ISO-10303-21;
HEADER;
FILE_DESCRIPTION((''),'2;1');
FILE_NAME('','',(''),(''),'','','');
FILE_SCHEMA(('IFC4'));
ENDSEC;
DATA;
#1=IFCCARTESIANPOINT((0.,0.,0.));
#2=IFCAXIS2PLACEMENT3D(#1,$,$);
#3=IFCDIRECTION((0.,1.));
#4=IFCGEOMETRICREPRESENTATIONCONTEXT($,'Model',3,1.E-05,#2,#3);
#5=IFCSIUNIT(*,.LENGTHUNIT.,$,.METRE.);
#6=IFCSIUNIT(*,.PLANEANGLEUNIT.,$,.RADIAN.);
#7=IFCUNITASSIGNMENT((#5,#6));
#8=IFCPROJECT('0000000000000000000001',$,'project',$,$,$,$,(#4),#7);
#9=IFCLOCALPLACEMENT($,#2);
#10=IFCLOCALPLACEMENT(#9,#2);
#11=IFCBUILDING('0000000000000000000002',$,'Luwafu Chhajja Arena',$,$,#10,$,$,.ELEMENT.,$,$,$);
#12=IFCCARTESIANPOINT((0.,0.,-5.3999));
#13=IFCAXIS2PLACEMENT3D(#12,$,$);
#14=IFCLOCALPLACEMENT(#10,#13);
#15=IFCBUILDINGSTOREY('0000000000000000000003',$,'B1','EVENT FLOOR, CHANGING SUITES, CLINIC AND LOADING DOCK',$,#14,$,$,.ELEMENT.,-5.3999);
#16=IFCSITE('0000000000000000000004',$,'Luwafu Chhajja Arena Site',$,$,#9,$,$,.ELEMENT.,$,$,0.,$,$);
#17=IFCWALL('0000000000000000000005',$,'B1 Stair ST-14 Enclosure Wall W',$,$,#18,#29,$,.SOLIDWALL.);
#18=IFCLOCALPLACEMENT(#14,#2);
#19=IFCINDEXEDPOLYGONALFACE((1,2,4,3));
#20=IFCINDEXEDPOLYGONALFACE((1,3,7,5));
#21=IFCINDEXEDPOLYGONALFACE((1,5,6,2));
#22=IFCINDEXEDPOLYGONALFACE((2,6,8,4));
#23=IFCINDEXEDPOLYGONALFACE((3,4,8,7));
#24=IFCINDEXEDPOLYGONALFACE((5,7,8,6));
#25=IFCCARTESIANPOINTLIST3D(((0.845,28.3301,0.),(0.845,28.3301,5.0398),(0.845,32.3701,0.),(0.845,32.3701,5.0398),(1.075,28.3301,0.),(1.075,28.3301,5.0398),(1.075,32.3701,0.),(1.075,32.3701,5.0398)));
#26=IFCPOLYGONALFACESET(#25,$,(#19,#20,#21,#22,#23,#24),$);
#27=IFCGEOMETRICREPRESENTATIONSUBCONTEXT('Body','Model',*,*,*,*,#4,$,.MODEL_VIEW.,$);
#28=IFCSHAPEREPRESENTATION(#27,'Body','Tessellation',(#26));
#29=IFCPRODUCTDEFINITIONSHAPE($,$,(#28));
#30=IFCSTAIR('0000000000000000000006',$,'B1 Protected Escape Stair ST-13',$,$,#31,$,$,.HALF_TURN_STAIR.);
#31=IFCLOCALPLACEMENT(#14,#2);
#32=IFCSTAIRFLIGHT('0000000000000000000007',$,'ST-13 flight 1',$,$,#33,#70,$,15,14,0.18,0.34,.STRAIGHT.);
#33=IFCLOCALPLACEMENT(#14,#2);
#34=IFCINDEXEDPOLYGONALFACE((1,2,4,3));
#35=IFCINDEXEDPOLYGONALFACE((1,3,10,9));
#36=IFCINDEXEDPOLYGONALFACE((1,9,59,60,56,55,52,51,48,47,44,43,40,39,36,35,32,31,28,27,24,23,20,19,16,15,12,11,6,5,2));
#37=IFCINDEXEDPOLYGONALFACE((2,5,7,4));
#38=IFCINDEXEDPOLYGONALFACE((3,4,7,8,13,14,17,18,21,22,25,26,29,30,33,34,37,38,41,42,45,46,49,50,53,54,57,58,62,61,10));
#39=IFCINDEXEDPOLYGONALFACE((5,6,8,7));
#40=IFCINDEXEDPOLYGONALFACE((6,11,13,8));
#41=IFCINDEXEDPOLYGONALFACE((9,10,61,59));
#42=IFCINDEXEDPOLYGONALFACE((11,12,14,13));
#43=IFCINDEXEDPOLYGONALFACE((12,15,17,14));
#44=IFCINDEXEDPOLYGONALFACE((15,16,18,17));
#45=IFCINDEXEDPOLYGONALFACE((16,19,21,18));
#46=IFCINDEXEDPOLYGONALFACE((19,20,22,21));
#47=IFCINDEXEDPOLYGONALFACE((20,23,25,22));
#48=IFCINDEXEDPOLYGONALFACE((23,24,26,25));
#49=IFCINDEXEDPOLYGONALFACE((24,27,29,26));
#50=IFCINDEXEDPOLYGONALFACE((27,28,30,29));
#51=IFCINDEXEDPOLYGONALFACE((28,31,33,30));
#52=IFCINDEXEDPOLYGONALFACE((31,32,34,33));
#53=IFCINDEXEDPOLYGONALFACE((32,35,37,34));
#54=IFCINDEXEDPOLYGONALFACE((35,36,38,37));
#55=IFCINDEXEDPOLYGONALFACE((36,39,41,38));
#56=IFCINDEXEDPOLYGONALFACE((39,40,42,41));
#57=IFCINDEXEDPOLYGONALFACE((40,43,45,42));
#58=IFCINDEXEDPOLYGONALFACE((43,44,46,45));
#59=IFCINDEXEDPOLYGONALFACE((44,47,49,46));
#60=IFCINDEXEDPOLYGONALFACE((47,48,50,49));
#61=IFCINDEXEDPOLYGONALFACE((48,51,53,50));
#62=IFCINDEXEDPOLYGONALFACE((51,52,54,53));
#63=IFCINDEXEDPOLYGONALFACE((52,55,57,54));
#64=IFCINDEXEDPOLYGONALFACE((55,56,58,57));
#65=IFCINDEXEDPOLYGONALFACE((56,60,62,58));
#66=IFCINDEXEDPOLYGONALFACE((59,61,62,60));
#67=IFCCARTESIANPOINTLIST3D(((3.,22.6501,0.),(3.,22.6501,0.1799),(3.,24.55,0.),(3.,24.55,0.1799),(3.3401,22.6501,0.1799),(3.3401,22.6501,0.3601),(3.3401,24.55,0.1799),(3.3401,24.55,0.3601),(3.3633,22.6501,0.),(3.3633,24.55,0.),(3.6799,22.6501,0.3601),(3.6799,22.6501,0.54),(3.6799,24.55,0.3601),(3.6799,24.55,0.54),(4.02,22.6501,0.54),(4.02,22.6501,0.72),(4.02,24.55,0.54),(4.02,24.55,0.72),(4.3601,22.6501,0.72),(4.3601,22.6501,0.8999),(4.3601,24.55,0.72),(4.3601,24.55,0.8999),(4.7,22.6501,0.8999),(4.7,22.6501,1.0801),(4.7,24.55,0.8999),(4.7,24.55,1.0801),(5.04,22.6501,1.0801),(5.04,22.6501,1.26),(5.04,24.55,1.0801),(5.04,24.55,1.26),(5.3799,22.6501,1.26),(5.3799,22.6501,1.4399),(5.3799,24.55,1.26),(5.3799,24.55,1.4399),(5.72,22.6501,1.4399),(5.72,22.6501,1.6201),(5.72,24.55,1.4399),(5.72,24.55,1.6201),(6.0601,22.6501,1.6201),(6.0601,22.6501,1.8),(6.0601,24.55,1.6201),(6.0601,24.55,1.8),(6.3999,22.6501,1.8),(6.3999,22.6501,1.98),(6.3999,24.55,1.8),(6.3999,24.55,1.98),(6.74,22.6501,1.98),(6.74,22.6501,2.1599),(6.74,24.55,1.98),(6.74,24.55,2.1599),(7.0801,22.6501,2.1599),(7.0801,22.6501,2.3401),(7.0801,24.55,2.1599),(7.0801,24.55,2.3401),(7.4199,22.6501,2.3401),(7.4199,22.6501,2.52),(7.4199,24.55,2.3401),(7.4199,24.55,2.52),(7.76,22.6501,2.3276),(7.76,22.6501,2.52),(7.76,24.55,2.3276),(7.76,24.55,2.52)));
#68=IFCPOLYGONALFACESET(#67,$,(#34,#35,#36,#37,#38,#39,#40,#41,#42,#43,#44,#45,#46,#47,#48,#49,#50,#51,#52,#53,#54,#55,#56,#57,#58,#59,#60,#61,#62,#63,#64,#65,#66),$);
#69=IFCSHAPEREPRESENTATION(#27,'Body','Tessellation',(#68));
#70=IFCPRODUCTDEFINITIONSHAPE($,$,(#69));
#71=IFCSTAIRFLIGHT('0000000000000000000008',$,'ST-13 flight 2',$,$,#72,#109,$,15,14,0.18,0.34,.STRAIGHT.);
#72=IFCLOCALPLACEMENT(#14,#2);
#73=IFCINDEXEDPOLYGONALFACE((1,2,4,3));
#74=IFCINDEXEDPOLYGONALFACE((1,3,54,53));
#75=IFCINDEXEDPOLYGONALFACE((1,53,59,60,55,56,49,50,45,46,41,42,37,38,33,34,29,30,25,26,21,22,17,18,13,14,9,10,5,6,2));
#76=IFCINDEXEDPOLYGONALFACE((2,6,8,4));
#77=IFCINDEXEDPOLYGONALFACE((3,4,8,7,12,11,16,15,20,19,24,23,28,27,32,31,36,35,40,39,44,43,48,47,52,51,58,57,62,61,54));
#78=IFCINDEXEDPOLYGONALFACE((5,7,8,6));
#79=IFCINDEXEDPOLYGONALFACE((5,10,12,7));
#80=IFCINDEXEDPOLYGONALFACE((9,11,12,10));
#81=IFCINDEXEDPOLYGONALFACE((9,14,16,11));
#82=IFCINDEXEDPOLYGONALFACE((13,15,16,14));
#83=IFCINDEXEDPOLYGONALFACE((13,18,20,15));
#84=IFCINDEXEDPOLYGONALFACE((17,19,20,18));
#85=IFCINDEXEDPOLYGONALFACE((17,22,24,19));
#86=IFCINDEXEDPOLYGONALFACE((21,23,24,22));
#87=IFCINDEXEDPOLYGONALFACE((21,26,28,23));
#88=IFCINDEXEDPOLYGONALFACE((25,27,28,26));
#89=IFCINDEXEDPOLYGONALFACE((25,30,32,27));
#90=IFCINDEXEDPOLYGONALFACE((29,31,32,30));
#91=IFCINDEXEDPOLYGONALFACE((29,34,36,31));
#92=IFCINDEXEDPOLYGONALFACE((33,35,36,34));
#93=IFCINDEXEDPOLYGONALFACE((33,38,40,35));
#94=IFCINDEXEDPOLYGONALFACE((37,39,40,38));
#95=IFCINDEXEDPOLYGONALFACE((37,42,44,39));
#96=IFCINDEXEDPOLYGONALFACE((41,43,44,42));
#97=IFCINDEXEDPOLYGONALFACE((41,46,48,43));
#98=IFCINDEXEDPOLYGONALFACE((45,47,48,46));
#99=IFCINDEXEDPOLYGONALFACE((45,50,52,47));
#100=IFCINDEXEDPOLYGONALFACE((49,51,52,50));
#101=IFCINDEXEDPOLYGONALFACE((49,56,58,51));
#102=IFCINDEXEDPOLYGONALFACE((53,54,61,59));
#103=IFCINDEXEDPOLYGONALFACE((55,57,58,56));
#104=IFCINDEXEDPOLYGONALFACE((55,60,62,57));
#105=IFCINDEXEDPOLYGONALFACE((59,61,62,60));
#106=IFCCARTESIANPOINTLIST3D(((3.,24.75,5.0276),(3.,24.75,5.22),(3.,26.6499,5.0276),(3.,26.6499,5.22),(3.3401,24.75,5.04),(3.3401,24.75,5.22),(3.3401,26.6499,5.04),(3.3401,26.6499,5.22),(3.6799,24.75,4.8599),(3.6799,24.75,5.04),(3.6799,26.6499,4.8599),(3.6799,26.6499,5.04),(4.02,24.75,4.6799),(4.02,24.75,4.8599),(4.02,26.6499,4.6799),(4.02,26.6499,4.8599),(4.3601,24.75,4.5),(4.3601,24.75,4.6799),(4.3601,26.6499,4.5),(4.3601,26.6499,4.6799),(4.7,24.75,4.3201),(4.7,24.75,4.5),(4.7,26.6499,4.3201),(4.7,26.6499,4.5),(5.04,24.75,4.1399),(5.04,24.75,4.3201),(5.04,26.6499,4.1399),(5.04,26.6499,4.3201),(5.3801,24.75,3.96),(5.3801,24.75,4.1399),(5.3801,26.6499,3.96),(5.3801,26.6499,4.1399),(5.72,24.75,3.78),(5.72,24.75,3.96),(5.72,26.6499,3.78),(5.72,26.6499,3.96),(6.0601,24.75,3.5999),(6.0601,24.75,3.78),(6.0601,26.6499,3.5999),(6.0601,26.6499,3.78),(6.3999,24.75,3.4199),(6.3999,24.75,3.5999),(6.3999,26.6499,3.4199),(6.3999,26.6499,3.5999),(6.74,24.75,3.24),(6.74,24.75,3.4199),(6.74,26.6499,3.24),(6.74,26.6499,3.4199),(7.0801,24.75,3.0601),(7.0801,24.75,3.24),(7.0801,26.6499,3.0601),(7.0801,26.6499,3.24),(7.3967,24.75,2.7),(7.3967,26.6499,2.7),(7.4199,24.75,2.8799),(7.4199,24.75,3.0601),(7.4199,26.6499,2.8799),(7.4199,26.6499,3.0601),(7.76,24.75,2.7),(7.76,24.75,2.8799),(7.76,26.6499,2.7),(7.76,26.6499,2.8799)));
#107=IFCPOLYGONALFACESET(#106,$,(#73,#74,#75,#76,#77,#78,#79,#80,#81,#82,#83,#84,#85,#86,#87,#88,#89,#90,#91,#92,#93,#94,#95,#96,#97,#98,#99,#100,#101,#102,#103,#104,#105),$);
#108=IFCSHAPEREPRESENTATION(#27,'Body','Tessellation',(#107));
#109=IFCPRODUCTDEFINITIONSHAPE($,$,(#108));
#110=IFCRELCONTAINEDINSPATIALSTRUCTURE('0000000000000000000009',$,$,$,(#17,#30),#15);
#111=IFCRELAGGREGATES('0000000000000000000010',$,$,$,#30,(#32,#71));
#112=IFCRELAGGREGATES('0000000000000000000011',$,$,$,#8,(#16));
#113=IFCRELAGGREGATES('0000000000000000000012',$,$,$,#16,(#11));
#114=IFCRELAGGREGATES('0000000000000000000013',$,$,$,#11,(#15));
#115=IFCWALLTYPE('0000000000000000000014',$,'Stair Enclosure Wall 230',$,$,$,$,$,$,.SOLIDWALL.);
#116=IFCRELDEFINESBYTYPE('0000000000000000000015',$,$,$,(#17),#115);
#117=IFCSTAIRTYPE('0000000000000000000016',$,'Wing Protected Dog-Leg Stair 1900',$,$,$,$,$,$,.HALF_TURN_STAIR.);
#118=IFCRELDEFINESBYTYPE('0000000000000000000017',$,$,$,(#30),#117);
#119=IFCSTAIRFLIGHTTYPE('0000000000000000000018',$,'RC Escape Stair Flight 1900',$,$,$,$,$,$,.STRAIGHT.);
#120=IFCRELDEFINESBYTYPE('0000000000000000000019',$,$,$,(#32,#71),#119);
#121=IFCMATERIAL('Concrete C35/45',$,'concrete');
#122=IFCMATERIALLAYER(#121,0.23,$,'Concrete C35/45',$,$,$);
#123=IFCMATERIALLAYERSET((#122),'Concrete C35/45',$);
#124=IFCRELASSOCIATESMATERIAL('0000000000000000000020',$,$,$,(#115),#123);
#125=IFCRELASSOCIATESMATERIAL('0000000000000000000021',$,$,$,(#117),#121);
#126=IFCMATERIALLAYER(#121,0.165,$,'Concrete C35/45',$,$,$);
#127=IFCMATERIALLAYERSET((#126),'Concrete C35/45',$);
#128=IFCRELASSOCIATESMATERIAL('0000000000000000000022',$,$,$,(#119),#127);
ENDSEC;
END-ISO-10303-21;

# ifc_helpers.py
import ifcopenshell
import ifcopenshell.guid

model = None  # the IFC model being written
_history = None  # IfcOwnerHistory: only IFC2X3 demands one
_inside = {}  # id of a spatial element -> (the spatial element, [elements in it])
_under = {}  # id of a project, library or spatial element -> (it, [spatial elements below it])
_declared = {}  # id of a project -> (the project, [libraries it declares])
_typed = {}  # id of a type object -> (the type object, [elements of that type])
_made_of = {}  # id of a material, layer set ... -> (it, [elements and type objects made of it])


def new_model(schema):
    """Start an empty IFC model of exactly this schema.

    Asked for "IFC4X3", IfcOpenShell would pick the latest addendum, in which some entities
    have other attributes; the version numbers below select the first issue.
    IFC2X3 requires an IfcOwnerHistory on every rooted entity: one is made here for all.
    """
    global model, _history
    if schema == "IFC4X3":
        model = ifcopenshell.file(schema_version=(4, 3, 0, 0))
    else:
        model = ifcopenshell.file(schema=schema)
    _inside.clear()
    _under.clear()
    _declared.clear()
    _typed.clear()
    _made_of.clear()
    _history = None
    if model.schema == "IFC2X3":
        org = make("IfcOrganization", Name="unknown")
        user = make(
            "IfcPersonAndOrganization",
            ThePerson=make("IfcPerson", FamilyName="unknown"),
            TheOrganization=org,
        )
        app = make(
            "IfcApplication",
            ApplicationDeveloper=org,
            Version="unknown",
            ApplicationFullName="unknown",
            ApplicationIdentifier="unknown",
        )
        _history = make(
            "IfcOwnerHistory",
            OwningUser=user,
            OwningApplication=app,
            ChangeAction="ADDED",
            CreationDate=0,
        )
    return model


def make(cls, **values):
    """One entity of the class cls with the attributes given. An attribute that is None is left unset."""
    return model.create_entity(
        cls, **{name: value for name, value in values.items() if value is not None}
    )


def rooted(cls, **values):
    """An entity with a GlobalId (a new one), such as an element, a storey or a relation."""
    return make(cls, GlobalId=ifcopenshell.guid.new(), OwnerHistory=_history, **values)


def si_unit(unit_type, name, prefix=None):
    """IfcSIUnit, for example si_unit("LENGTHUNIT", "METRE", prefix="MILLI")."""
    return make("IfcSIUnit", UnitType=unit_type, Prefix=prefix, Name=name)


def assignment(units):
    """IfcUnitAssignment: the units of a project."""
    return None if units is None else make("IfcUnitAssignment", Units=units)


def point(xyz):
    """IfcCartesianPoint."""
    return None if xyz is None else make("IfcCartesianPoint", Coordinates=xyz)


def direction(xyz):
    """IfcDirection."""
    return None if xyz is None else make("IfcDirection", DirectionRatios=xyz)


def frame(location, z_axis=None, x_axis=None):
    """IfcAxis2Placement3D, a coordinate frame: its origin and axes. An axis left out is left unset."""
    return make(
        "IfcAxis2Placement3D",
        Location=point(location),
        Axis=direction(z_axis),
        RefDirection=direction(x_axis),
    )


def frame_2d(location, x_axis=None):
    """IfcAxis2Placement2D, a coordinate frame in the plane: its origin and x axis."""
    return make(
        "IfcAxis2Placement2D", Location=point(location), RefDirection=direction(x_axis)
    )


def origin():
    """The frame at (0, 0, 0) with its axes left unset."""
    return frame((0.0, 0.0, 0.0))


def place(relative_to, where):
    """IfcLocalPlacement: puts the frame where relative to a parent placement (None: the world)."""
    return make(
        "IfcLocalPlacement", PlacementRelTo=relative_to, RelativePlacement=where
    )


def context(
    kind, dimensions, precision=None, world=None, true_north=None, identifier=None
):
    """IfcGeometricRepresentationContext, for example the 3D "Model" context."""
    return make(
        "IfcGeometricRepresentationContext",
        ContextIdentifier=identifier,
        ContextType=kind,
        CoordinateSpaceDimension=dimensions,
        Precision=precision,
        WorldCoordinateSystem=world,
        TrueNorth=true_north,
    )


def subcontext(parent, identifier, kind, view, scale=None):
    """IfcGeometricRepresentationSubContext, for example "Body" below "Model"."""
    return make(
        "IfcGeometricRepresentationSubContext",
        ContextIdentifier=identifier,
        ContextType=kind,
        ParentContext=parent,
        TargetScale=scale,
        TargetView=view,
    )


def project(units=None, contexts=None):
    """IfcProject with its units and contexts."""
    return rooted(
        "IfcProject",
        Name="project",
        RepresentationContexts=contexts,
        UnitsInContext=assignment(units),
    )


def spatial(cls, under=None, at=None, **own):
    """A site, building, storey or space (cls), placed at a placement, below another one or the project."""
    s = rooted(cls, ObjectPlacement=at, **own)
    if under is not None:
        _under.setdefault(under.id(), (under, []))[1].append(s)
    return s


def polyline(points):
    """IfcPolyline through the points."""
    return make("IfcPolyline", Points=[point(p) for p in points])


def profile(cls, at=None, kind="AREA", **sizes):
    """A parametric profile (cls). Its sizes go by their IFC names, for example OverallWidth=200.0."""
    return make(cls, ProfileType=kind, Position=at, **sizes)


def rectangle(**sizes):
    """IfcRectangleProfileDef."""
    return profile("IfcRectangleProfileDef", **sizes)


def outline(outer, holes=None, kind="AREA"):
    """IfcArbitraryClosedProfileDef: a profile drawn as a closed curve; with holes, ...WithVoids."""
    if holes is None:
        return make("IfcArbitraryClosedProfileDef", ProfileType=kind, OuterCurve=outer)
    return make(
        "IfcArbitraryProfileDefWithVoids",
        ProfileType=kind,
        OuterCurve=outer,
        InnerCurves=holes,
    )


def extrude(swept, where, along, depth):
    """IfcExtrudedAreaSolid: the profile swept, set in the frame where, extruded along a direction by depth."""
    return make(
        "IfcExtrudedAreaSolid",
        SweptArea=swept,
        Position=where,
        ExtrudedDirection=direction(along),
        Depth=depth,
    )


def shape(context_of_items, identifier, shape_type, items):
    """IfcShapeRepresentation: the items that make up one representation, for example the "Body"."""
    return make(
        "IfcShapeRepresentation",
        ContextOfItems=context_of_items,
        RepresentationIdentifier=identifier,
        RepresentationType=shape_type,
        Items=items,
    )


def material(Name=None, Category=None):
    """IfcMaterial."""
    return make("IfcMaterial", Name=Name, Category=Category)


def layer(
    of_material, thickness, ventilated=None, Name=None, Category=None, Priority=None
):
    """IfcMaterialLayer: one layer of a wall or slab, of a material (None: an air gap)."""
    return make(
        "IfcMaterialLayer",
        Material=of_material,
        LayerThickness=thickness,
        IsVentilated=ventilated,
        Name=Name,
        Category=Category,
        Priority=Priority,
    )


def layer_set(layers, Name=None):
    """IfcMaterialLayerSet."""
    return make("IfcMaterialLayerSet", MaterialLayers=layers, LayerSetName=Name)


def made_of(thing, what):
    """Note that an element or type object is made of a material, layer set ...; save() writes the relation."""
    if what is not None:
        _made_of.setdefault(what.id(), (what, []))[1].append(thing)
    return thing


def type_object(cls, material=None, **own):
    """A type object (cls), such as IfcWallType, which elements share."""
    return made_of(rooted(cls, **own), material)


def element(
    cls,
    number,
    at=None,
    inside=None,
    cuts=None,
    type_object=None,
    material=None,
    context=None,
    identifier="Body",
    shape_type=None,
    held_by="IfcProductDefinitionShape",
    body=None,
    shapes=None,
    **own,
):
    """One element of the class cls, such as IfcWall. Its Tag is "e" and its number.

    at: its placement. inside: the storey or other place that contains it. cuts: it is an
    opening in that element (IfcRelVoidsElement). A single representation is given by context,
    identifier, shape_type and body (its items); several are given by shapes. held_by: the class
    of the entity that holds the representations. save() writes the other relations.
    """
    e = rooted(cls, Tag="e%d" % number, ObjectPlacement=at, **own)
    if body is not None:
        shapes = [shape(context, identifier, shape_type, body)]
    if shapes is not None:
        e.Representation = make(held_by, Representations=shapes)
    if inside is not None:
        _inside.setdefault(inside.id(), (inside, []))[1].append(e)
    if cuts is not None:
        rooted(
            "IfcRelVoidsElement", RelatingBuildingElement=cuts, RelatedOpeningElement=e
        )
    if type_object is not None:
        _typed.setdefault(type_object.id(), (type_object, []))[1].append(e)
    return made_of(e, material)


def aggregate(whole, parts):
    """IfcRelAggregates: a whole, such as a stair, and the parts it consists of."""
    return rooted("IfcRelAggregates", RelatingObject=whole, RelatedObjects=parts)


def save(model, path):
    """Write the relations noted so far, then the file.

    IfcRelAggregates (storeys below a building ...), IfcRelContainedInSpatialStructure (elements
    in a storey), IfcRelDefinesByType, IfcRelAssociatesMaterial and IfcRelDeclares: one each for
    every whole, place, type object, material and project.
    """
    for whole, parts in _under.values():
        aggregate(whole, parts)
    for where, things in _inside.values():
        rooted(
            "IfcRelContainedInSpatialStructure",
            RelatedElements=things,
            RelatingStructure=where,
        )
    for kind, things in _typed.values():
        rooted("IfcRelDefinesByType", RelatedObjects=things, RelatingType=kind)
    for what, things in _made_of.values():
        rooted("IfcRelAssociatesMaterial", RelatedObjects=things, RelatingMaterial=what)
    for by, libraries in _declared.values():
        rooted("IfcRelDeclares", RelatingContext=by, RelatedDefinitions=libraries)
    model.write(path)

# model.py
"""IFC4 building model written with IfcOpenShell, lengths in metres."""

from ifc_helpers import new_model, si_unit, direction, frame, frame_2d, origin, place, context, subcontext, project, spatial, polyline, rectangle, outline, extrude, material, layer, layer_set, type_object, element, aggregate, save


model = new_model("IFC4")

# Units and contexts
model_context = context("Model", 3, precision=1e-05, world=origin(), true_north=direction((0.0, 1.0)))
body_context = subcontext(model_context, "Body", "Model", "MODEL_VIEW")
ifc_project = project(units=[si_unit("LENGTHUNIT", "METRE"), si_unit("PLANEANGLEUNIT", "RADIAN")], contexts=[model_context])

# Site, building, storey
site_placement = place(None, origin())
site = spatial("IfcSite", under=ifc_project, at=site_placement, Name="Luwafu Chhajja Arena Site", CompositionType="ELEMENT", RefElevation=0.0)
building_placement = place(site_placement, origin())
building = spatial("IfcBuilding", under=site, at=building_placement, Name="Luwafu Chhajja Arena", CompositionType="ELEMENT")
storey_placement = place(building_placement, frame((0.0, 0.0, -5.3999)))
storey = spatial("IfcBuildingStorey", under=building, at=storey_placement, Name="B1", Description="EVENT FLOOR, CHANGING SUITES, CLINIC AND LOADING DOCK", CompositionType="ELEMENT", Elevation=-5.3999)

# Shared definitions
ifc_material_1 = material(Name="Concrete C35/45", Category="concrete")

# Wall
ifc_layer_1 = layer(ifc_material_1, 0.23, Name="Concrete C35/45")
ifc_layer_set_1 = layer_set([ifc_layer_1], Name="Concrete C35/45")
wall_type_1 = type_object("IfcWallType", Name="Stair Enclosure Wall 230", PredefinedType="SOLIDWALL", material=ifc_layer_set_1)
for number, where, z_axis, x_axis, name in (
    (1, (0.96, 28.3301, 0.0), (0.0, 0.0, 1.0), (0.0, 1.0, 0.0), "B1 Stair ST-14 Enclosure Wall W"),
):
    element("IfcWall", number, at=place(storey_placement, frame(where, z_axis=z_axis, x_axis=x_axis)), inside=storey, type_object=wall_type_1, Name=name, PredefinedType="SOLIDWALL", context=body_context, shape_type="SweptSolid", body=[
        extrude(rectangle(XDim=4.04, YDim=0.23, at=frame_2d((2.02, 0.0))), origin(), (0.0, 0.0, 1.0), 5.0398),
    ])

# Stair, stair flights
stair_type = type_object("IfcStairType", Name="Wing Protected Dog-Leg Stair 1900", PredefinedType="HALF_TURN_STAIR", material=ifc_material_1)
stair_placement = place(storey_placement, origin())
stair = element("IfcStair", 2, at=stair_placement, inside=storey, type_object=stair_type, Name="B1 Protected Escape Stair ST-13", PredefinedType="HALF_TURN_STAIR")
ifc_layer_2 = layer(ifc_material_1, 0.165, Name="Concrete C35/45")
ifc_layer_set_2 = layer_set([ifc_layer_2], Name="Concrete C35/45")
stair_flight_type = type_object("IfcStairFlightType", Name="RC Escape Stair Flight 1900", PredefinedType="STRAIGHT", material=ifc_layer_set_2)
stair_flight_1_placement = place(storey_placement, frame((3.0, 23.6001, 0.0), z_axis=(0.0, 0.0, 1.0), x_axis=(1.0, 0.0, 0.0)))
stair_flight_1 = element("IfcStairFlight", 3, at=stair_flight_1_placement, type_object=stair_flight_type, Name="ST-13 flight 1", NumberOfRisers=15, NumberOfTreads=14, PredefinedType="STRAIGHT", RiserHeight=0.18, TreadLength=0.34, context=body_context, shape_type="SweptSolid", body=[
    extrude(outline(polyline([(0.0, 0.0), (0.0, 0.1799), (0.3401, 0.1799), (0.3401, 0.3601), (0.6799, 0.3601), (0.6799, 0.54), (1.02, 0.54), (1.02, 0.72), (1.3601, 0.72), (1.3601, 0.8999), (1.7, 0.8999), (1.7, 1.0801), (2.04, 1.0801), (2.04, 1.26), (2.3799, 1.26), (2.3799, 1.4399), (2.72, 1.4399), (2.72, 1.6201), (3.0601, 1.6201), (3.0601, 1.8), (3.3999, 1.8), (3.3999, 1.98), (3.74, 1.98), (3.74, 2.1599), (4.0801, 2.1599), (4.0801, 2.3401), (4.4199, 2.3401), (4.4199, 2.52), (4.76, 2.52), (4.76, 2.7), (4.76, 2.3276), (0.3633, 0.0), (0.0, 0.0)])), frame((0.0, 0.95, 0.0), z_axis=(0.0, -1.0, 0.0), x_axis=(1.0, 0.0, 0.0)), (0.0, 0.0, 1.0), 1.8999),
])
stair_flight_2_placement = place(storey_placement, frame((7.76, 25.7, 2.7), z_axis=(0.0, 0.0, 1.0), x_axis=(-1.0, 0.0, 0.0)))
stair_flight_2 = element("IfcStairFlight", 4, at=stair_flight_2_placement, type_object=stair_flight_type, Name="ST-13 flight 2", NumberOfRisers=15, NumberOfTreads=14, PredefinedType="STRAIGHT", RiserHeight=0.18, TreadLength=0.34, context=body_context, shape_type="SweptSolid", body=[
    extrude(outline(polyline([(0.0, 0.0), (0.0, 0.1799), (0.3401, 0.1799), (0.3401, 0.3601), (0.6799, 0.3601), (0.6799, 0.54), (1.02, 0.54), (1.02, 0.72), (1.3601, 0.72), (1.3601, 0.8999), (1.7, 0.8999), (1.7, 1.0801), (2.04, 1.0801), (2.04, 1.26), (2.3799, 1.26), (2.3799, 1.4399), (2.72, 1.4399), (2.72, 1.6201), (3.0601, 1.6201), (3.0601, 1.8), (3.3999, 1.8), (3.3999, 1.98), (3.74, 1.98), (3.74, 2.1599), (4.0801, 2.1599), (4.0801, 2.3401), (4.4199, 2.3401), (4.4199, 2.52), (4.76, 2.52), (4.76, 2.7), (4.76, 2.3276), (0.3633, 0.0), (0.0, 0.0)])), frame((0.0, 0.95, 0.0), z_axis=(0.0, -1.0, 0.0), x_axis=(1.0, 0.0, 0.0)), (0.0, 0.0, 1.0), 1.8999),
])
aggregate(stair, [stair_flight_1, stair_flight_2])

save(model, "model.ifc")
